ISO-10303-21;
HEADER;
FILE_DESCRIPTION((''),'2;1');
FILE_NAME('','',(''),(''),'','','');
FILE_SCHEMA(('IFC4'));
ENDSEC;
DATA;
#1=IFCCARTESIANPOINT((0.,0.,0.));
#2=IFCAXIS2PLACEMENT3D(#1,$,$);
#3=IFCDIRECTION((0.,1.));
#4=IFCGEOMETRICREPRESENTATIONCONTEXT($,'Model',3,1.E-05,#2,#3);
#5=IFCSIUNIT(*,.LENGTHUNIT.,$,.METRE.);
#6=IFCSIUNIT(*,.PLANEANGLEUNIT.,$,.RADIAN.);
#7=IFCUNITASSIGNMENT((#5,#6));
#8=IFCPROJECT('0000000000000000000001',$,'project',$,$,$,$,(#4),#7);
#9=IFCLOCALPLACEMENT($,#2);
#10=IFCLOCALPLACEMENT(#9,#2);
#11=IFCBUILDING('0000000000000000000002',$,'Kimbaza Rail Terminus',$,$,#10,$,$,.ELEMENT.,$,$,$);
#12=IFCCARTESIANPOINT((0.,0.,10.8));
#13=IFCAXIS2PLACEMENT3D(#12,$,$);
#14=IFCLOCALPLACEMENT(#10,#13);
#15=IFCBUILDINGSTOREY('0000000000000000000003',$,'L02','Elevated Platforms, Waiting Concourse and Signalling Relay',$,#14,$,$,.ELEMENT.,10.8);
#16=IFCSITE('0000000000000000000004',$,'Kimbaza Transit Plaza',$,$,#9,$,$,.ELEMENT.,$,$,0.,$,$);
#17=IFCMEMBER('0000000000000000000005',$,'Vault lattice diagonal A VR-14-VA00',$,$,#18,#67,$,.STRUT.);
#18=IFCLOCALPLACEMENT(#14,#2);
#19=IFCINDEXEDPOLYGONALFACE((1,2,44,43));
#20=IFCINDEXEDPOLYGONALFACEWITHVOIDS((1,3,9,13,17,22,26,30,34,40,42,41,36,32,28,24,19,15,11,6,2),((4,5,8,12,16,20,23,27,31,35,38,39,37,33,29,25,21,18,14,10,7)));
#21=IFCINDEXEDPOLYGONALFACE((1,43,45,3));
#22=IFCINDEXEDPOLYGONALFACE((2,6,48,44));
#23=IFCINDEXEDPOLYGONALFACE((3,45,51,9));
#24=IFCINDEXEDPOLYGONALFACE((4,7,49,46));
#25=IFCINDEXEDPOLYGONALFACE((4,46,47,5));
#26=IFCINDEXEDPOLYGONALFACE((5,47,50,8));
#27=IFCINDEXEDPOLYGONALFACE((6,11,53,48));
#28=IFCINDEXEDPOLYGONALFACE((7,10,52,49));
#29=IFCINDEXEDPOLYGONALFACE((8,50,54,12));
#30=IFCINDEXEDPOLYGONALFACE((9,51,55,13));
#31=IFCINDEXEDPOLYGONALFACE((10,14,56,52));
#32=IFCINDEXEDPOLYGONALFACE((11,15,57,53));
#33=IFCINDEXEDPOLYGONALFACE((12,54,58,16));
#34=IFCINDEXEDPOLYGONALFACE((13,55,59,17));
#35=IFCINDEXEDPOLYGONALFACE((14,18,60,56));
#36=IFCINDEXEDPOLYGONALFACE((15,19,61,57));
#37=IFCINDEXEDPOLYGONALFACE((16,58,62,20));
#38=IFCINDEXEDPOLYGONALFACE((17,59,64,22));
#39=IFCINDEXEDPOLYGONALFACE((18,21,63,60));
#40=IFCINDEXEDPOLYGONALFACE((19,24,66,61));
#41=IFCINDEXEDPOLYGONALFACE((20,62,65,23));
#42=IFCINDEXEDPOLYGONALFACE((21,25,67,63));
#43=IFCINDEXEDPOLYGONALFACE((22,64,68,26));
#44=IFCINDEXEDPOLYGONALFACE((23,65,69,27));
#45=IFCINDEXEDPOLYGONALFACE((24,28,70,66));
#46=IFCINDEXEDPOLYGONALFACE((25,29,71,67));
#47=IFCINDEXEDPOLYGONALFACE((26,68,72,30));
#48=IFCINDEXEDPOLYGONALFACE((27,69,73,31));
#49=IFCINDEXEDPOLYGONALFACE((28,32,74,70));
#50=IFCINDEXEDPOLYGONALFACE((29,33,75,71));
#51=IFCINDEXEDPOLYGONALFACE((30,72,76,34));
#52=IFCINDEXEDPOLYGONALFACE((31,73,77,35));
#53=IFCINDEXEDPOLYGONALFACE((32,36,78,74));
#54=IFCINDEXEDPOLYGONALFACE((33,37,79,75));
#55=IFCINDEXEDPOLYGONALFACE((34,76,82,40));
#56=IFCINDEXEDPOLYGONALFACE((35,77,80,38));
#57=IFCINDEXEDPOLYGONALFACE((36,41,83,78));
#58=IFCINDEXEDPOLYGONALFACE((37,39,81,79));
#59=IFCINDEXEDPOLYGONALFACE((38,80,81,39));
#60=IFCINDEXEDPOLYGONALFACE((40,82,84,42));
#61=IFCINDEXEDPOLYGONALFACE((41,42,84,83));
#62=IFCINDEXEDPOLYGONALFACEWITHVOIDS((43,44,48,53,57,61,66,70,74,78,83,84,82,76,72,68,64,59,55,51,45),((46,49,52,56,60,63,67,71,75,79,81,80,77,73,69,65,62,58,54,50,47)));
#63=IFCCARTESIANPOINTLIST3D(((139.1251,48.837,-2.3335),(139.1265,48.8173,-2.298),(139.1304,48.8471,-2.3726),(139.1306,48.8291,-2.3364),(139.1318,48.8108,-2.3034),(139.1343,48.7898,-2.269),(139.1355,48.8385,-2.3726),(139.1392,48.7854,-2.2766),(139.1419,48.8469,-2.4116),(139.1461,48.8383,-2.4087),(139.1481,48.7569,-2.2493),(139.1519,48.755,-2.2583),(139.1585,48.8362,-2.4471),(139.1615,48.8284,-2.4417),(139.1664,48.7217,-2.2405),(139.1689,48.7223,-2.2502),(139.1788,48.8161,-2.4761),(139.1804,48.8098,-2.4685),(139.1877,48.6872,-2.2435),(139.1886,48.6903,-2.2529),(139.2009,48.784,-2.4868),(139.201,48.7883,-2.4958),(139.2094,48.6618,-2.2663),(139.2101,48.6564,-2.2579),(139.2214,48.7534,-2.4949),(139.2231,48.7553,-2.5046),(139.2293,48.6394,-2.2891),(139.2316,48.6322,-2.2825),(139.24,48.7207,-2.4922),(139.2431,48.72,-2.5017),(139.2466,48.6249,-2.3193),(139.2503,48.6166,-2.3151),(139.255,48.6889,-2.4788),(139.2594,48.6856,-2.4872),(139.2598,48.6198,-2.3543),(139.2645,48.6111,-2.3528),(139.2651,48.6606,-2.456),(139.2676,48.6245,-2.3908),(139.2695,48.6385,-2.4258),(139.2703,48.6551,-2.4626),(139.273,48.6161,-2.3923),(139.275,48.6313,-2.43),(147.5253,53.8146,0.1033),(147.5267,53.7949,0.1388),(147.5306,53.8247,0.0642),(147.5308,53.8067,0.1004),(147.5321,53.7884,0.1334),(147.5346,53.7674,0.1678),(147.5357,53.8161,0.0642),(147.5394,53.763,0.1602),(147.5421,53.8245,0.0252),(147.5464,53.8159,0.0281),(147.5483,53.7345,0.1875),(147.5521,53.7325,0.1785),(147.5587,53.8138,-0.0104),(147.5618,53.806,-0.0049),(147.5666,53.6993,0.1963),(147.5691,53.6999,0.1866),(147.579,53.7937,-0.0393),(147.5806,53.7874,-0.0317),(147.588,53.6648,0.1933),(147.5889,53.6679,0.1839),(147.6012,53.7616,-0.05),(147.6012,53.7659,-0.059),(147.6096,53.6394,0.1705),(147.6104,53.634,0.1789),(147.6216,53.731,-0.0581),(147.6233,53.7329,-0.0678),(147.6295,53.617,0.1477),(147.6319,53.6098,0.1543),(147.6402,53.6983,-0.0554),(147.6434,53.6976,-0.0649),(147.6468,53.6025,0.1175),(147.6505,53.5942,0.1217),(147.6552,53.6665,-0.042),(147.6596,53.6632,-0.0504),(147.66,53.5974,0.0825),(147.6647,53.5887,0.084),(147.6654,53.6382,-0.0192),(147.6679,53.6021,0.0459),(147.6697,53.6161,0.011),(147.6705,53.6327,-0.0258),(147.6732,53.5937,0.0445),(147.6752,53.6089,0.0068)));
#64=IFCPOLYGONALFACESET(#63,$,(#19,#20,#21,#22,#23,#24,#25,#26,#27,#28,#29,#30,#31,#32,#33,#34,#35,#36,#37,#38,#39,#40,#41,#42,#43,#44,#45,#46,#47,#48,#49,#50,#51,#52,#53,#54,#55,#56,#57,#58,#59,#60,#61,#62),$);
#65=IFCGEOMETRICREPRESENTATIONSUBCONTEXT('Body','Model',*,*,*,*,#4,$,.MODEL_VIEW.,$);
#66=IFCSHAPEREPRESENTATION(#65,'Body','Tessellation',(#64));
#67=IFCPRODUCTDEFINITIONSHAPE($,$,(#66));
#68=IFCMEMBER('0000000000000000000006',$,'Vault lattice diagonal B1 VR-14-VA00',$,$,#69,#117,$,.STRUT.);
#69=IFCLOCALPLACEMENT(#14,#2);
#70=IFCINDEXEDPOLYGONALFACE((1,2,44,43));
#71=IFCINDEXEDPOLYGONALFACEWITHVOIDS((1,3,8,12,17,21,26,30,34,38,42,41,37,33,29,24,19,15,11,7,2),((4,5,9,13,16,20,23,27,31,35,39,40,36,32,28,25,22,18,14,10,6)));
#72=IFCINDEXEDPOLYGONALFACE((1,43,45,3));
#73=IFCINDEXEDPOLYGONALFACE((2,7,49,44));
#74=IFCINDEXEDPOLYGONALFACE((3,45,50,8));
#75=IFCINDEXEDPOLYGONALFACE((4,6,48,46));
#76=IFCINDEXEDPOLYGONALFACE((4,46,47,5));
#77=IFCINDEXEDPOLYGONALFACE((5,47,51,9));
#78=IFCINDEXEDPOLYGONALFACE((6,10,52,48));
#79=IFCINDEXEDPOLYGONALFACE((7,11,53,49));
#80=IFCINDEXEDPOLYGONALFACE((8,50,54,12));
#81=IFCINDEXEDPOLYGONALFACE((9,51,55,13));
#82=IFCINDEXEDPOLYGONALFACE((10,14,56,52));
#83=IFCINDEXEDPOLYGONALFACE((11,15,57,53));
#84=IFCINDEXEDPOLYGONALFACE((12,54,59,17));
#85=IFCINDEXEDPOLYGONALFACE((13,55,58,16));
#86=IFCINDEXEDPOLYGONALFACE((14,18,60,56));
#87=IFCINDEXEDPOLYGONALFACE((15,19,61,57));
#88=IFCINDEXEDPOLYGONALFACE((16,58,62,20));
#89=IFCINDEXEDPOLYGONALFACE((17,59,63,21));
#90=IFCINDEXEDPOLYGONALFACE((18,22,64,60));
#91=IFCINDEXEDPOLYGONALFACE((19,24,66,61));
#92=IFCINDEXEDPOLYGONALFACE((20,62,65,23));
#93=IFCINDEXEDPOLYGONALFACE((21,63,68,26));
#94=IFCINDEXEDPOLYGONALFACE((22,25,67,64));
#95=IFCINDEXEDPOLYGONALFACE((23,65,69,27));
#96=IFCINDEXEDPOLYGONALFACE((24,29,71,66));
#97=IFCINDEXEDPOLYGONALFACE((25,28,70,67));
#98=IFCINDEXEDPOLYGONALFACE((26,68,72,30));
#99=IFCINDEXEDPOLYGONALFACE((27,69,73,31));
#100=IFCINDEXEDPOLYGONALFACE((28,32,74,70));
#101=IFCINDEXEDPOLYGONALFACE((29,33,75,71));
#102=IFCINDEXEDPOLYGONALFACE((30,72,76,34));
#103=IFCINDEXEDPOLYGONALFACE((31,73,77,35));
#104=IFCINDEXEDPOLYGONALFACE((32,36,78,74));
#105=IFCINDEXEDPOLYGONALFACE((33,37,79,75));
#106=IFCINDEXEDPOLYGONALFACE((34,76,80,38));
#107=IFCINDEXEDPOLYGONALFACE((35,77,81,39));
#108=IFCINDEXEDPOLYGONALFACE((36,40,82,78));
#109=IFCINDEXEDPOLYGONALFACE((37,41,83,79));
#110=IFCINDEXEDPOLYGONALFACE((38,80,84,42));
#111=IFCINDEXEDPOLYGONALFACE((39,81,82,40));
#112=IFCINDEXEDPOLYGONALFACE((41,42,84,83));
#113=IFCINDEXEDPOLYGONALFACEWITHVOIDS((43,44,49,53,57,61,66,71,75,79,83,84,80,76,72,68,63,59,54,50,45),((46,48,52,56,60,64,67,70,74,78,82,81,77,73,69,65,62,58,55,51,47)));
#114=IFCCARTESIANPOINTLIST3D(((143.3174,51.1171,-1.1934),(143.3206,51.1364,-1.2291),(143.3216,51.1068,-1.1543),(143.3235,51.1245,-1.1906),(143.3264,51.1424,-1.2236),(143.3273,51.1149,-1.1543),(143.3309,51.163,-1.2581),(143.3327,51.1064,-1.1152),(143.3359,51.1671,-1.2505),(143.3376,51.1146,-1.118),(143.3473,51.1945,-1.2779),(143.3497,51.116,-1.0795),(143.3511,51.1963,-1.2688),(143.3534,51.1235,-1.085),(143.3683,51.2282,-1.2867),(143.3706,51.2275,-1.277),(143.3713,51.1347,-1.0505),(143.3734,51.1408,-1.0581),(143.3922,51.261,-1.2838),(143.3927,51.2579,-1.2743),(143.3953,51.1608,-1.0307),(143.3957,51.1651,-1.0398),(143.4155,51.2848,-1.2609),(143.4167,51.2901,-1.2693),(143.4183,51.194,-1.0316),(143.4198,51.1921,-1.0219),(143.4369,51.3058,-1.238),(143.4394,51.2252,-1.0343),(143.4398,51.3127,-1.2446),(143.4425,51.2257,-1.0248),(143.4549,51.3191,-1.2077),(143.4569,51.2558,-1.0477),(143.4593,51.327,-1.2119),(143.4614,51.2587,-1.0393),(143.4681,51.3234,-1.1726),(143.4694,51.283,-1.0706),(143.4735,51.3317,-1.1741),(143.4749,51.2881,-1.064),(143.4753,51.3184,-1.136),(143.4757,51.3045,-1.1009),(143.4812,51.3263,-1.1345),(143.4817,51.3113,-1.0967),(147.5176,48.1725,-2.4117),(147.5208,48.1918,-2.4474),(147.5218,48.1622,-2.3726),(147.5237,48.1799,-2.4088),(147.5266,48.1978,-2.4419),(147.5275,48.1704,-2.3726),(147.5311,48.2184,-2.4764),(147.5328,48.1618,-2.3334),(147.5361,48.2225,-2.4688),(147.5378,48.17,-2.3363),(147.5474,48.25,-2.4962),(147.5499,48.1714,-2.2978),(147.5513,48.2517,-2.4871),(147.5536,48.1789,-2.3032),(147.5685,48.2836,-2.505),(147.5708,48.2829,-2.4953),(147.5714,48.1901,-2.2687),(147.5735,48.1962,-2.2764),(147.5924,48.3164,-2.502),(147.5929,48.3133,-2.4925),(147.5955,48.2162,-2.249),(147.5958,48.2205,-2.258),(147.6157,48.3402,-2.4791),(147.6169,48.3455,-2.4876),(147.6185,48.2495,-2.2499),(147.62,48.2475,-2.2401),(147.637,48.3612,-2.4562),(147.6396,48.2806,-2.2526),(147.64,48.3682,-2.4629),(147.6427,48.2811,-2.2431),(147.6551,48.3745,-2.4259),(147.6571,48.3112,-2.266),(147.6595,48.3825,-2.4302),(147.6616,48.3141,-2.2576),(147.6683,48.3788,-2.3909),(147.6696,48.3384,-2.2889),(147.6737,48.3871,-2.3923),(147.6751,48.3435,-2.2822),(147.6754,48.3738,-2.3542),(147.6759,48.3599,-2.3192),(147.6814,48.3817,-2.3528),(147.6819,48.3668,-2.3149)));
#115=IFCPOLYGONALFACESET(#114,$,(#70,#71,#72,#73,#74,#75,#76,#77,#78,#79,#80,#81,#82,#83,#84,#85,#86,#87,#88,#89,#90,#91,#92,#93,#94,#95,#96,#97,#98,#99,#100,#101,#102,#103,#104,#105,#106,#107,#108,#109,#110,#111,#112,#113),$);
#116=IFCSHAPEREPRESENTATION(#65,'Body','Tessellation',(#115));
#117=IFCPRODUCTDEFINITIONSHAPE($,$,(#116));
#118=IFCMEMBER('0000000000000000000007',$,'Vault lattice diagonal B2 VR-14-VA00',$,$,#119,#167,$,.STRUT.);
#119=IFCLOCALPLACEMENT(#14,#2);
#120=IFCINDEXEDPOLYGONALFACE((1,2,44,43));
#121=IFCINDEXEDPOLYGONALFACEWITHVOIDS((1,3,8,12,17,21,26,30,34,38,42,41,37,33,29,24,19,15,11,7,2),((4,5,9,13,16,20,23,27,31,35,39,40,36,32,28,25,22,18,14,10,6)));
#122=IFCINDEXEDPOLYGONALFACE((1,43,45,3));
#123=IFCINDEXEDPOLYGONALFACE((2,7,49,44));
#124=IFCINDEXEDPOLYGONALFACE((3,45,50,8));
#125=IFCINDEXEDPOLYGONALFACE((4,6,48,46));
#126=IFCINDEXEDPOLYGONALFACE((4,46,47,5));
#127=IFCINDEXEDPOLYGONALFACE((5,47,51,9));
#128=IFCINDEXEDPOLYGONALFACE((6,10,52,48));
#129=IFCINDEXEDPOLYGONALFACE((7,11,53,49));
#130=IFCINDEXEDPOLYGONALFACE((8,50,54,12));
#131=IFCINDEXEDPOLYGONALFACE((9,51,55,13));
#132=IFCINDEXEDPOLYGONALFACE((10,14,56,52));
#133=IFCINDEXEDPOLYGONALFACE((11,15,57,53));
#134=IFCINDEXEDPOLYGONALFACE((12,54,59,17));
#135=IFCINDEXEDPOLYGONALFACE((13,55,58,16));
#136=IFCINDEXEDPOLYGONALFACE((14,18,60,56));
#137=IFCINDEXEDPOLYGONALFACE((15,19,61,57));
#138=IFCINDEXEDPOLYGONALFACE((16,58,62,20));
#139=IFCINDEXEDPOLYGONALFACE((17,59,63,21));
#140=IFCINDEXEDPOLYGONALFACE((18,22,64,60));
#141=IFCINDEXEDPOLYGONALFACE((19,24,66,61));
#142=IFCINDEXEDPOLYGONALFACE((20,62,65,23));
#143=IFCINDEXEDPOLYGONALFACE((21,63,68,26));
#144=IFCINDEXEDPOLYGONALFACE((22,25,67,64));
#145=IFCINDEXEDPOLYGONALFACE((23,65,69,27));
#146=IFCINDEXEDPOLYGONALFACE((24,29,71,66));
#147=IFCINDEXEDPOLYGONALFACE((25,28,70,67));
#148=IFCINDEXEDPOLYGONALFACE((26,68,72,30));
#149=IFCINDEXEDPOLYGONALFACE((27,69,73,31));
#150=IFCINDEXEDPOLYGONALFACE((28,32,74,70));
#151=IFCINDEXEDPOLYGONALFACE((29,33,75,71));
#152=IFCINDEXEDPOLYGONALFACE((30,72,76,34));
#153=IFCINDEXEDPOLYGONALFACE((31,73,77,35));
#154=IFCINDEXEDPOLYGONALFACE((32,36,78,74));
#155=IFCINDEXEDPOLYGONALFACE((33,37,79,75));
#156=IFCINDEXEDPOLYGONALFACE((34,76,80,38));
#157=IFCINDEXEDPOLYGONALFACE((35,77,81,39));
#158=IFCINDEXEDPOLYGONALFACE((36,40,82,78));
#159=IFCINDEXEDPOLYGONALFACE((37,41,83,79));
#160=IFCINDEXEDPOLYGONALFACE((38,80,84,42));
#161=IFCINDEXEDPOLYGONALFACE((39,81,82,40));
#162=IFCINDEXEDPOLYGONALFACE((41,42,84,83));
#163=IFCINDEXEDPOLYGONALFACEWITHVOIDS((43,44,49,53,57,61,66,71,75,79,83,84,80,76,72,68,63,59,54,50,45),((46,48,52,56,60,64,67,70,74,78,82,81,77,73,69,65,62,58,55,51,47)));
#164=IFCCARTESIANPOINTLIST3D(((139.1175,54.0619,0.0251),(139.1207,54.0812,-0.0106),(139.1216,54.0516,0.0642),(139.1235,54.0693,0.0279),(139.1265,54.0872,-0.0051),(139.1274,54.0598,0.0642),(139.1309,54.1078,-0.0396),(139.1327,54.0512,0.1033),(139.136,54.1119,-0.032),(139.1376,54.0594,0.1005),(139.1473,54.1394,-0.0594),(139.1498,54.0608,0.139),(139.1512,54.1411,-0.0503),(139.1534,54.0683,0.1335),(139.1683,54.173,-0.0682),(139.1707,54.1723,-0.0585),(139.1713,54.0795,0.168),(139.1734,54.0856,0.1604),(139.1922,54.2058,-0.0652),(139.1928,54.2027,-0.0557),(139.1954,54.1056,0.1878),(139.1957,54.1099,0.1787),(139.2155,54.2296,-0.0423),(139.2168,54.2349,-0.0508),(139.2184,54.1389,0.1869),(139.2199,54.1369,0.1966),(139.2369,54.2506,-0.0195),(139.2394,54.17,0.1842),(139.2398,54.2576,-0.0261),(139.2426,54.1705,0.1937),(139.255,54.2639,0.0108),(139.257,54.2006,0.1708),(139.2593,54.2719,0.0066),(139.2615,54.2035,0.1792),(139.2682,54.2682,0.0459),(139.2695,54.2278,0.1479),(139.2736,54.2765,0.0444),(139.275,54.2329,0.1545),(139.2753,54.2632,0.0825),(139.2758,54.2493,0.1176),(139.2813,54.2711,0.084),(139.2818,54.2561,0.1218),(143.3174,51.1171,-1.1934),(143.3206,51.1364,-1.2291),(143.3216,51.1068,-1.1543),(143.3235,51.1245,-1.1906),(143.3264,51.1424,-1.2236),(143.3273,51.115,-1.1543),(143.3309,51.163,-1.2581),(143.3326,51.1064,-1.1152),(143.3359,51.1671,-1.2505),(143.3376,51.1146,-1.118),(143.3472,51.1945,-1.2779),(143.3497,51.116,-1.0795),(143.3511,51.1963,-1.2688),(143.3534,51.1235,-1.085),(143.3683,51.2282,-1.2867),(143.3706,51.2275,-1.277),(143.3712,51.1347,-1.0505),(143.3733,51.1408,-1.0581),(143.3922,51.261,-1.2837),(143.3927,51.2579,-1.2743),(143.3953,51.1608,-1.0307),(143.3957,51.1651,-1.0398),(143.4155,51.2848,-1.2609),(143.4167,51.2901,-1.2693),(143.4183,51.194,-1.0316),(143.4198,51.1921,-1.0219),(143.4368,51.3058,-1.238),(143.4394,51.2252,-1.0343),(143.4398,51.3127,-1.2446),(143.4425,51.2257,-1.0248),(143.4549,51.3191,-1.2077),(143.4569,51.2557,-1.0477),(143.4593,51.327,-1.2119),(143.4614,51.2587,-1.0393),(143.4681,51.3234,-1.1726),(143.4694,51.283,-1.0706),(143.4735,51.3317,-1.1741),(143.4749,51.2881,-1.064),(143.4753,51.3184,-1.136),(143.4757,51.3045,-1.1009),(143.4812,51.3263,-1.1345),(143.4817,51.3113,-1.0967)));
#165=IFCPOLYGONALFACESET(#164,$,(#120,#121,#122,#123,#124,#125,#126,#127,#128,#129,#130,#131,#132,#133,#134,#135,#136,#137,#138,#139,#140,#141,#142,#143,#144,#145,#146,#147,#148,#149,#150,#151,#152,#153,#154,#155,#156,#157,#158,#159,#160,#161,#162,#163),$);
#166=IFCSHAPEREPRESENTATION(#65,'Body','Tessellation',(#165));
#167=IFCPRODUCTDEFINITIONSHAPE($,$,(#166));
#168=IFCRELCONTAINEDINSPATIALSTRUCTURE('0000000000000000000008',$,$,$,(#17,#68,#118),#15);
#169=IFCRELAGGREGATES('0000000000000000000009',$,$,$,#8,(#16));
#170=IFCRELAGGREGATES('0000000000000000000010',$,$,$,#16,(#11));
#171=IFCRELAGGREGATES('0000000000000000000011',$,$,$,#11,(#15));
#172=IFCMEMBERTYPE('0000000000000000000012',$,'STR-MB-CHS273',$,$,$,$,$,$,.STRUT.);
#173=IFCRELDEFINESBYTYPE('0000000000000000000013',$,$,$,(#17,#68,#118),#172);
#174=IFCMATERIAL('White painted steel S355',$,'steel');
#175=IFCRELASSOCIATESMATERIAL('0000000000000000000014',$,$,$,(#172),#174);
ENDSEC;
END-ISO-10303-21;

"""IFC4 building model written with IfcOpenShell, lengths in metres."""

from ifc_helpers import new_model, si_unit, direction, frame, origin, origin_2d, place, context, subcontext, project, spatial, hollow_circle, extrude, material, material_profile, profile_set, type_object, element, save


model = new_model("IFC4")

# Units and contexts
model_context = context("Model", 3, precision=1e-05, world=origin(), true_north=direction((0.0, 1.0)))
body_context = subcontext(model_context, "Body", "Model", "MODEL_VIEW")
ifc_project = project(units=[si_unit("LENGTHUNIT", "METRE"), si_unit("PLANEANGLEUNIT", "RADIAN")], contexts=[model_context])

# Site, building, storey
site_placement = place(None, origin())
site = spatial("IfcSite", under=ifc_project, at=site_placement, Name="Kimbaza Transit Plaza", CompositionType="ELEMENT", RefElevation=0.0)
building_placement = place(site_placement, origin())
building = spatial("IfcBuilding", under=site, at=building_placement, Name="Kimbaza Rail Terminus", CompositionType="ELEMENT")
storey_placement = place(building_placement, frame((0.0, 0.0, 10.8)))
storey = spatial("IfcBuildingStorey", under=building, at=storey_placement, Name="L02", Description="Elevated Platforms, Waiting Concourse and Signalling Relay", CompositionType="ELEMENT", Elevation=10.8)

# Members
ifc_material_1 = material(Name="White painted steel S355", Category="steel")
ifc_material_profile_1 = material_profile(ifc_material_1, hollow_circle(Radius=0.1365, WallThickness=0.01, at=origin_2d()), Name="CHS 273x10")
ifc_profile_set_1 = profile_set([ifc_material_profile_1], Name="White painted steel S355")
member_type_1 = type_object("IfcMemberType", Name="STR-MB-CHS273", PredefinedType="STRUT", material=ifc_profile_set_1)
member_1_placement = place(storey_placement, frame((139.2, 48.7297, -2.3726), z_axis=(0.834705, 0.494608, 0.242137), x_axis=(-0.509778, 0.860306, 0.0)))
element("IfcMember", 1, at=member_1_placement, inside=storey, type_object=member_type_1, Name="Vault lattice diagonal A VR-14-VA00", PredefinedType="STRUT", context=body_context, shape_type="SweptSolid", body=[
    extrude(hollow_circle(Radius=0.1365, WallThickness=0.01, at=origin_2d()), origin(), (0.0, 0.0, 1.0), 10.0637),
])
for number, where, z_axis, x_axis, name in (
    (2, (147.6001, 48.2739, -2.3726), (-0.796665, 0.558508, 0.231072), (-0.574044, -0.818825, 0.0), "Vault lattice diagonal B1 VR-14-VA00"),
    (3, (143.3999, 51.2185, -1.1543), (-0.796619, 0.558555, 0.231118), (-0.574098, -0.818787, 0.0), "Vault lattice diagonal B2 VR-14-VA00"),
):
    element("IfcMember", number, at=place(storey_placement, frame(where, z_axis=z_axis, x_axis=x_axis)), inside=storey, type_object=member_type_1, Name=name, PredefinedType="STRUT", context=body_context, shape_type="SweptSolid", body=[
        extrude(hollow_circle(Radius=0.1365, WallThickness=0.01, at=origin_2d()), origin(), (0.0, 0.0, 1.0), 5.2722),
    ])

save(model, "model.ifc")
